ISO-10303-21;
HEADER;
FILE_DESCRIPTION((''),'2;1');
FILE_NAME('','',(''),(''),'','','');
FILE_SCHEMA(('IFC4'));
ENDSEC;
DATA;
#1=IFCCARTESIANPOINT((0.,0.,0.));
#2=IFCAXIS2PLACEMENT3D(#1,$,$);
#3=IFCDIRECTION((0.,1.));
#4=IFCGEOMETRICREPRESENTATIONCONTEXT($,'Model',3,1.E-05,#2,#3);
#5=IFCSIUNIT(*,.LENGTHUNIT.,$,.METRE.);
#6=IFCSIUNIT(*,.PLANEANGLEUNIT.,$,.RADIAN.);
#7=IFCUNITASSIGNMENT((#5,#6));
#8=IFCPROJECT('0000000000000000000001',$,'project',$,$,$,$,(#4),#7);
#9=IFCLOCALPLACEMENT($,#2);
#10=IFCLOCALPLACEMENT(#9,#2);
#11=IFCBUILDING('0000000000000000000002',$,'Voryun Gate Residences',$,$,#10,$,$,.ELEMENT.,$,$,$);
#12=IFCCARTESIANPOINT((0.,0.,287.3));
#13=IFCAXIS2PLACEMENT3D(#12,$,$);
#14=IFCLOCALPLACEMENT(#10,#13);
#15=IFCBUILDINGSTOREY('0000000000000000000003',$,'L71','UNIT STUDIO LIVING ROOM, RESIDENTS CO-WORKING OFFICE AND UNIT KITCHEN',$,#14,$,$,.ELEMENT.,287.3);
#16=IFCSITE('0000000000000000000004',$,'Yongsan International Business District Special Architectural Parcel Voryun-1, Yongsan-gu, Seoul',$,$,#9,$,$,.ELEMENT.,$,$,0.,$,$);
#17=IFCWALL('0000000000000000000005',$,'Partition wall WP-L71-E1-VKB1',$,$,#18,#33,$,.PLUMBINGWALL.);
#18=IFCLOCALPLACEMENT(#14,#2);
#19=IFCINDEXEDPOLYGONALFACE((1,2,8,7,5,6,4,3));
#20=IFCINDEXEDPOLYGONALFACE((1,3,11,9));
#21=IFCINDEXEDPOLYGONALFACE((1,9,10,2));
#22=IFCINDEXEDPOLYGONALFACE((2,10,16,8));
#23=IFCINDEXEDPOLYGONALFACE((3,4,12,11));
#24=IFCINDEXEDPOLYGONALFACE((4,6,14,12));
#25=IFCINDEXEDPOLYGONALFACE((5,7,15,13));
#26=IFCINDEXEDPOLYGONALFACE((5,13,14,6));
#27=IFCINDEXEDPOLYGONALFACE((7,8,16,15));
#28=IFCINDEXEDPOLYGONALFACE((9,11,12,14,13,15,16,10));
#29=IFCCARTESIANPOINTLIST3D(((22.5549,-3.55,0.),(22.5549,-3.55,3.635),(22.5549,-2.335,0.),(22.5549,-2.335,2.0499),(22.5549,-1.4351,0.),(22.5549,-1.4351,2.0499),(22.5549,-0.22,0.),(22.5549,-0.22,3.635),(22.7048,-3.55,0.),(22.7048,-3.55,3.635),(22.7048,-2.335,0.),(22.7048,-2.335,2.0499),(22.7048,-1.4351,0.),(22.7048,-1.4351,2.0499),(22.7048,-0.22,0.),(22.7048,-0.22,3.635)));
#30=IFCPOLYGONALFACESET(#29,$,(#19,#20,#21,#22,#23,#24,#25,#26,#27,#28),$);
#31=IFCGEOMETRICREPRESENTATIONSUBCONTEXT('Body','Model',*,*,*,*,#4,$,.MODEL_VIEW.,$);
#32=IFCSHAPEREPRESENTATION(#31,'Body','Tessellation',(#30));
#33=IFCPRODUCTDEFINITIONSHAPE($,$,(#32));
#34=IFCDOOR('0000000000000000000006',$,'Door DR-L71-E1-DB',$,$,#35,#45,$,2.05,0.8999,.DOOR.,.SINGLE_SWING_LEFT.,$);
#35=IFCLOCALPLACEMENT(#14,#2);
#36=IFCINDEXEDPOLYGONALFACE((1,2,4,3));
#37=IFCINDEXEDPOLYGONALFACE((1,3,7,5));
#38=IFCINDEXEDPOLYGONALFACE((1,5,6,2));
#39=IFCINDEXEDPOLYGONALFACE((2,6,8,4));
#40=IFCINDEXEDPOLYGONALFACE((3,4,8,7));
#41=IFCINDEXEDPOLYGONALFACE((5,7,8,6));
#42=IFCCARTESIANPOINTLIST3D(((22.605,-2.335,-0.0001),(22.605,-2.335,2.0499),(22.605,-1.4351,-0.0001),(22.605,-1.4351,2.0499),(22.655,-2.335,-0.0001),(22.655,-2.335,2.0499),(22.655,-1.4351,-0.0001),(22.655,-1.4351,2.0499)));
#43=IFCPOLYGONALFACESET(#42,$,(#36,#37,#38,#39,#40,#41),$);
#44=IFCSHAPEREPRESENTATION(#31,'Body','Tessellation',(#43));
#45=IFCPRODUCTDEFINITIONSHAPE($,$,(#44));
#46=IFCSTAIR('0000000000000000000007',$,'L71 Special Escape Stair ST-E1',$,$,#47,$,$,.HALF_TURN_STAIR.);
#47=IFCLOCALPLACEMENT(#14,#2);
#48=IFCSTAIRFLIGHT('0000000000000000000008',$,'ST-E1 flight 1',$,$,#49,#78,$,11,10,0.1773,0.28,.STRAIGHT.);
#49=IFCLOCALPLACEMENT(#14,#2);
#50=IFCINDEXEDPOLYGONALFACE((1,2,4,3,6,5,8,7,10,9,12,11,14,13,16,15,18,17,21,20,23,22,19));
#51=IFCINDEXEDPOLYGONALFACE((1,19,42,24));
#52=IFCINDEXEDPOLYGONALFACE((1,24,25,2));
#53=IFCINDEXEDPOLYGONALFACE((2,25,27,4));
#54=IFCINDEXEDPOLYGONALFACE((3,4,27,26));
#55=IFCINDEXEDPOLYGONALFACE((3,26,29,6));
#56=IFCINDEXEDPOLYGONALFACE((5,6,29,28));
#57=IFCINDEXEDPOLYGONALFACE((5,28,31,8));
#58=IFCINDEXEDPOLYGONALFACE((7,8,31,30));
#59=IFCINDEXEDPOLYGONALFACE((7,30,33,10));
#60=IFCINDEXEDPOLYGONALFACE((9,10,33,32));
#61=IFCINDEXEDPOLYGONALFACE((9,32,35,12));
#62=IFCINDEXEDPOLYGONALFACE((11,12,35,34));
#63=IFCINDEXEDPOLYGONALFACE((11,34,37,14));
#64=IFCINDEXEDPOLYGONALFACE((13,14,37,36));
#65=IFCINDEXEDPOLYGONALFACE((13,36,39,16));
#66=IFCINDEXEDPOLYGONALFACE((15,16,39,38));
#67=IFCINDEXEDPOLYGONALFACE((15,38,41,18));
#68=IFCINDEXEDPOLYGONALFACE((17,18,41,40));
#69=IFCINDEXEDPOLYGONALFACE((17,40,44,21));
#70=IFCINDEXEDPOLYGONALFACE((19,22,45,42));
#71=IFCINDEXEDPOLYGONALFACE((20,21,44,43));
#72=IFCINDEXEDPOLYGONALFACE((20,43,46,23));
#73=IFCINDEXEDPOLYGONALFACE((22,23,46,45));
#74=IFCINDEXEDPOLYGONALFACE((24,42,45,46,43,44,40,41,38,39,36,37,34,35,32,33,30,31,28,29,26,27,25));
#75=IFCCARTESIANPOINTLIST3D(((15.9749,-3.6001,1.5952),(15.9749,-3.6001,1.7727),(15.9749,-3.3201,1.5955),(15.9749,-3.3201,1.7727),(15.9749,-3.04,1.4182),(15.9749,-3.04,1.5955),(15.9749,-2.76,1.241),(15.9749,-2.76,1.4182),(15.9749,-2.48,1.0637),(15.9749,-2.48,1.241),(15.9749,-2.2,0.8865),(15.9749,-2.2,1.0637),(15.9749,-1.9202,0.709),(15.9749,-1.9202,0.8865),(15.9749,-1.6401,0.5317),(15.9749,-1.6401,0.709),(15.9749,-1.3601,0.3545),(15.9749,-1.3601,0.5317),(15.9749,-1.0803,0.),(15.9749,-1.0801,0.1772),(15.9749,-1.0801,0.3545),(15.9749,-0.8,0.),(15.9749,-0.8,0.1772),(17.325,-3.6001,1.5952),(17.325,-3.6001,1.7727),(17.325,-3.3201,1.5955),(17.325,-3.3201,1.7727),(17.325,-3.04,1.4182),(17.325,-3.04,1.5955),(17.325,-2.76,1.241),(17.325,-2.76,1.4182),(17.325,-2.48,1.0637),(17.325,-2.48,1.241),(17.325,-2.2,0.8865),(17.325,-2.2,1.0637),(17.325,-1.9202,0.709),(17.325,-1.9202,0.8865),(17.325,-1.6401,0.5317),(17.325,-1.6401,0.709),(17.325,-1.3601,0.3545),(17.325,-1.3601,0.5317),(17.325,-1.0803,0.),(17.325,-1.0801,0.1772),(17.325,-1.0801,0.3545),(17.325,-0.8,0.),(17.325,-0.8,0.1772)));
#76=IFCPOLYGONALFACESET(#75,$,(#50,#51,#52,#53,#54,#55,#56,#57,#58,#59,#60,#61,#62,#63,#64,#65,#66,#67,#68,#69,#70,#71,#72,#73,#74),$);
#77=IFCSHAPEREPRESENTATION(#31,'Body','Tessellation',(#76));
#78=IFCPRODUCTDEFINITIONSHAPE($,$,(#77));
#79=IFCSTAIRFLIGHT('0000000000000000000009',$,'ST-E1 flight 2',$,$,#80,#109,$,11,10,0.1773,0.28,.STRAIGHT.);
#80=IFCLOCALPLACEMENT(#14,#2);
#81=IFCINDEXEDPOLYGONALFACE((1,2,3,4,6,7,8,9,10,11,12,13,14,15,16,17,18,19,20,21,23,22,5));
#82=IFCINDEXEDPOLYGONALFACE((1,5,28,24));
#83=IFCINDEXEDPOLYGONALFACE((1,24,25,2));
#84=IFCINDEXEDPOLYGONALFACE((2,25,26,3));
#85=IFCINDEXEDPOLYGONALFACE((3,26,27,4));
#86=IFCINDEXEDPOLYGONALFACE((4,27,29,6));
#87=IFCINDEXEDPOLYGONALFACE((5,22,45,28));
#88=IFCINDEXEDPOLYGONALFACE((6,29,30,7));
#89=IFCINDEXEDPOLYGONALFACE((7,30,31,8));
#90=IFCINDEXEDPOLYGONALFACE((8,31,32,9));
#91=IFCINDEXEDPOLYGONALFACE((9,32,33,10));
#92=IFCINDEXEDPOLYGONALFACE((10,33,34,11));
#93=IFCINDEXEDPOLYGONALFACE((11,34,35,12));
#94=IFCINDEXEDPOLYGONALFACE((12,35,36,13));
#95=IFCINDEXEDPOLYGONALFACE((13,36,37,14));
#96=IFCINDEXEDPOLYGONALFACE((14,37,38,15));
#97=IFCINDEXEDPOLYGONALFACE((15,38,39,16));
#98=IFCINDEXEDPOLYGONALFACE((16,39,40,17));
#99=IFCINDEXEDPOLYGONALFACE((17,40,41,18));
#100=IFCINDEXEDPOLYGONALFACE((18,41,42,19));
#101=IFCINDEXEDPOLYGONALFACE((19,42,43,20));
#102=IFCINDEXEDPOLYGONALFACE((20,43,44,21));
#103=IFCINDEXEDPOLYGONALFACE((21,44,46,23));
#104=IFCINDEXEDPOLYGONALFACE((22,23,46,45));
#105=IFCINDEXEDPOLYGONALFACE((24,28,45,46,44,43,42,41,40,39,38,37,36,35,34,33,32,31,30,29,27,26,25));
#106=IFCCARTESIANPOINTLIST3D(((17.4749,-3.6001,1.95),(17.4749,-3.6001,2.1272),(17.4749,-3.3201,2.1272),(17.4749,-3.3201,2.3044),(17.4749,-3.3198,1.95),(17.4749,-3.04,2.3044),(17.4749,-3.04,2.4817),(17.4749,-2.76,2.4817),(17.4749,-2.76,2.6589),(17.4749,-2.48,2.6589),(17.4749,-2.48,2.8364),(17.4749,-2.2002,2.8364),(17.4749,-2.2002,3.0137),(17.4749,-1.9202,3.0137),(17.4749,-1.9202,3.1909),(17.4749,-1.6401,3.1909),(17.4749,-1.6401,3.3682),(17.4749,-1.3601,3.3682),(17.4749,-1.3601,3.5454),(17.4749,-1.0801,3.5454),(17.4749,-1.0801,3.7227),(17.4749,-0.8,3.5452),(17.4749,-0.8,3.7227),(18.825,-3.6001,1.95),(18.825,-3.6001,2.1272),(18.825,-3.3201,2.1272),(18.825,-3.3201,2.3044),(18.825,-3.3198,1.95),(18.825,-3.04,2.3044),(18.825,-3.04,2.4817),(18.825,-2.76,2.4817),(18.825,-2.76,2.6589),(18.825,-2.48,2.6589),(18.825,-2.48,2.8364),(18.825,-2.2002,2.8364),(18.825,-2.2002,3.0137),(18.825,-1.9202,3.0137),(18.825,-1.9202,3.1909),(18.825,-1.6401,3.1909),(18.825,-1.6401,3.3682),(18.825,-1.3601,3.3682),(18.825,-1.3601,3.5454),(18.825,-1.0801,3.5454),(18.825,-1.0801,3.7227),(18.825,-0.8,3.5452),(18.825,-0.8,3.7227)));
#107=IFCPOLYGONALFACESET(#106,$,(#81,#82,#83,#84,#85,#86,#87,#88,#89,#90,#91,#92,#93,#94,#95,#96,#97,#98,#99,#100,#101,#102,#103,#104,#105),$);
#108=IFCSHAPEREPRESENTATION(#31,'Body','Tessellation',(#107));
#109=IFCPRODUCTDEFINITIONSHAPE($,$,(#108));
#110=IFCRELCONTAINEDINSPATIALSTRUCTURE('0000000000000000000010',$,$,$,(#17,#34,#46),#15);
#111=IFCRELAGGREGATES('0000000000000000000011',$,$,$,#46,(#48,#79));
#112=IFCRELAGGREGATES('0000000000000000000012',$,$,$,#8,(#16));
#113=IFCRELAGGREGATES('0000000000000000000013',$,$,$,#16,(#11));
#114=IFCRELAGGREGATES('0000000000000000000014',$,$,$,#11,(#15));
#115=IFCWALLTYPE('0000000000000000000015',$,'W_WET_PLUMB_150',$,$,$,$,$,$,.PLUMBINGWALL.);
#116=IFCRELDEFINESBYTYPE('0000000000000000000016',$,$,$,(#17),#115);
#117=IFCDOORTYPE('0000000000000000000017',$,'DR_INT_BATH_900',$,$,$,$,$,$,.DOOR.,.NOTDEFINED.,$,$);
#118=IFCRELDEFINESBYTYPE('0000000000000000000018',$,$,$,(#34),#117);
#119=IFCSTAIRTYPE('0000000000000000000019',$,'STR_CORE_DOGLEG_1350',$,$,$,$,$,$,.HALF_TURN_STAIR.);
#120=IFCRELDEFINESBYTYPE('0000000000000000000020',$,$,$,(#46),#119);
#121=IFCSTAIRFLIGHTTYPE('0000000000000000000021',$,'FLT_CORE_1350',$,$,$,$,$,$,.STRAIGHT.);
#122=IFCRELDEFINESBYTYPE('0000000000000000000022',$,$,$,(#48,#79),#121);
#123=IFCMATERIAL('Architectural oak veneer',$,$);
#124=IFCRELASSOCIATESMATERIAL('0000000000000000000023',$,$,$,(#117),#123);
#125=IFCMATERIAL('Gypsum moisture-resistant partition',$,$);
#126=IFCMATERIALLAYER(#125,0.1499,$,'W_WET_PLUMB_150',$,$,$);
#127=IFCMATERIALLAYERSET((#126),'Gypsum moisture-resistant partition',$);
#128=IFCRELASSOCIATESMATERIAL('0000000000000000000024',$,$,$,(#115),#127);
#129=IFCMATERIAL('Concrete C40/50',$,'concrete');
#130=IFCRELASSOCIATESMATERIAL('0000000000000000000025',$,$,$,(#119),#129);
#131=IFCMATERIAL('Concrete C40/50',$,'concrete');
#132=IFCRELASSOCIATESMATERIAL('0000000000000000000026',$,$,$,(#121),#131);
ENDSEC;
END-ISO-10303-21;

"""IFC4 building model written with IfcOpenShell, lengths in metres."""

from ifc_helpers import new_model, si_unit, direction, frame, frame_2d, origin, place, context, subcontext, project, spatial, polyline, rectangle, outline, extrude, material, layer, layer_set, type_object, element, fill, aggregate, save


model = new_model("IFC4")

# Units and contexts
model_context = context("Model", 3, precision=1e-05, world=origin(), true_north=direction((0.0, 1.0)))
body_context = subcontext(model_context, "Body", "Model", "MODEL_VIEW")
ifc_project = project(units=[si_unit("LENGTHUNIT", "METRE"), si_unit("PLANEANGLEUNIT", "RADIAN")], contexts=[model_context])

# Site, building, storey
site_placement = place(None, origin())
site = spatial("IfcSite", under=ifc_project, at=site_placement, Name="Yongsan International Business District Special Architectural Parcel Voryun-1, Yongsan-gu, Seoul", CompositionType="ELEMENT", RefElevation=0.0)
building_placement = place(site_placement, origin())
building = spatial("IfcBuilding", under=site, at=building_placement, Name="Voryun Gate Residences", CompositionType="ELEMENT")
storey_placement = place(building_placement, frame((0.0, 0.0, 287.3)))
storey = spatial("IfcBuildingStorey", under=building, at=storey_placement, Name="L71", Description="UNIT STUDIO LIVING ROOM, RESIDENTS CO-WORKING OFFICE AND UNIT KITCHEN", CompositionType="ELEMENT", Elevation=287.3)

# Wall, opening, door
ifc_material_1 = material(Name="Architectural oak veneer")
door_type = type_object("IfcDoorType", Name="DR_INT_BATH_900", OperationType="NOTDEFINED", PredefinedType="DOOR", material=ifc_material_1)
ifc_material_2 = material(Name="Gypsum moisture-resistant partition")
ifc_layer_1 = layer(ifc_material_2, 0.1499, Name="W_WET_PLUMB_150")
ifc_layer_set_1 = layer_set([ifc_layer_1], Name="Gypsum moisture-resistant partition")
wall_type_1 = type_object("IfcWallType", Name="W_WET_PLUMB_150", PredefinedType="PLUMBINGWALL", material=ifc_layer_set_1)
wall_1_placement = place(storey_placement, frame((22.6299, -3.55, 0.0), z_axis=(0.0, 0.0, 1.0), x_axis=(0.0, 1.0, 0.0)))
wall_1 = element("IfcWall", 1, at=wall_1_placement, inside=storey, type_object=wall_type_1, Name="Partition wall WP-L71-E1-VKB1", PredefinedType="PLUMBINGWALL", context=body_context, shape_type="SweptSolid", body=[
    extrude(rectangle(XDim=3.3301, YDim=0.1499, at=frame_2d((1.665, 0.0))), origin(), (0.0, 0.0, 1.0), 3.635),
])
opening_1_placement = place(wall_1_placement, frame((1.2151, 0.0, 0.0)))
opening_1 = element("IfcOpeningElement", 2, at=opening_1_placement, cuts=wall_1, PredefinedType="OPENING", context=body_context, shape_type="SweptSolid", body=[
    extrude(rectangle(XDim=0.8999, YDim=2.05, at=frame_2d((0.45, 1.0249))), frame((0.0, 0.085, 0.0), z_axis=(0.0, -1.0, 0.0), x_axis=(1.0, 0.0, 0.0)), (0.0, 0.0, 1.0), 0.1699),
])
door_1_placement = place(opening_1_placement, origin())
door_1 = element("IfcDoor", 3, at=door_1_placement, inside=storey, type_object=door_type, Name="Door DR-L71-E1-DB", OperationType="SINGLE_SWING_LEFT", OverallHeight=2.05, OverallWidth=0.8999, PredefinedType="DOOR", context=body_context, shape_type="SweptSolid", body=[
    extrude(rectangle(XDim=0.8999, YDim=2.05, at=frame_2d((0.45, 1.0249))), frame((0.0, 0.0249, 0.0), z_axis=(0.0, -1.0, 0.0), x_axis=(1.0, 0.0, 0.0)), (0.0, 0.0, 1.0), 0.05),
])
fill(opening_1, door_1)

# Stair, stair flights
ifc_material_3 = material(Name="Concrete C40/50", Category="concrete")
stair_type = type_object("IfcStairType", Name="STR_CORE_DOGLEG_1350", PredefinedType="HALF_TURN_STAIR", material=ifc_material_3)
stair_placement = place(storey_placement, origin())
stair = element("IfcStair", 4, at=stair_placement, inside=storey, type_object=stair_type, Name="L71 Special Escape Stair ST-E1", PredefinedType="HALF_TURN_STAIR")
ifc_material_4 = material(Name="Concrete C40/50", Category="concrete")
stair_flight_type = type_object("IfcStairFlightType", Name="FLT_CORE_1350", PredefinedType="STRAIGHT", material=ifc_material_4)
stair_flight_1_placement = place(storey_placement, frame((16.6499, -0.8, 0.0), z_axis=(0.0, 0.0, 1.0), x_axis=(0.0, -1.0, 0.0)))
stair_flight_1 = element("IfcStairFlight", 5, at=stair_flight_1_placement, type_object=stair_flight_type, Name="ST-E1 flight 1", NumberOfRisers=11, NumberOfTreads=10, PredefinedType="STRAIGHT", RiserHeight=0.1773, TreadLength=0.28, context=body_context, shape_type="SweptSolid", body=[
    extrude(outline(polyline([(0.0, 0.0), (0.0, 0.1772), (0.28, 0.1772), (0.28, 0.3545), (0.5601, 0.3545), (0.5601, 0.5317), (0.8401, 0.5317), (0.8401, 0.709), (1.1201, 0.709), (1.1201, 0.8865), (1.3999, 0.8865), (1.3999, 1.0637), (1.6799, 1.0637), (1.6799, 1.241), (1.96, 1.241), (1.96, 1.4182), (2.24, 1.4182), (2.24, 1.5955), (2.52, 1.5955), (2.52, 1.7727), (2.8, 1.7727), (2.8, 1.95), (2.8, 1.5952), (0.2803, 0.0), (0.0, 0.0)])), frame((0.0, 0.675, 0.0), z_axis=(0.0, -1.0, 0.0), x_axis=(1.0, 0.0, 0.0)), (0.0, 0.0, 1.0), 1.3501),
])
stair_flight_2_placement = place(storey_placement, frame((18.1499, -3.6001, 1.95), z_axis=(0.0, 0.0, 1.0), x_axis=(0.0, 1.0, 0.0)))
stair_flight_2 = element("IfcStairFlight", 6, at=stair_flight_2_placement, type_object=stair_flight_type, Name="ST-E1 flight 2", NumberOfRisers=11, NumberOfTreads=10, PredefinedType="STRAIGHT", RiserHeight=0.1773, TreadLength=0.28, context=body_context, shape_type="SweptSolid", body=[
    extrude(outline(polyline([(0.0, 0.0), (0.0, 0.1772), (0.28, 0.1772), (0.28, 0.3545), (0.5601, 0.3545), (0.5601, 0.5317), (0.8401, 0.5317), (0.8401, 0.709), (1.1201, 0.709), (1.1201, 0.8865), (1.3999, 0.8865), (1.3999, 1.0637), (1.6799, 1.0637), (1.6799, 1.241), (1.96, 1.241), (1.96, 1.4182), (2.24, 1.4182), (2.24, 1.5955), (2.52, 1.5955), (2.52, 1.7727), (2.8, 1.7727), (2.8, 1.95), (2.8, 1.5952), (0.2803, 0.0), (0.0, 0.0)])), frame((0.0, 0.675, 0.0), z_axis=(0.0, -1.0, 0.0), x_axis=(1.0, 0.0, 0.0)), (0.0, 0.0, 1.0), 1.3501),
])
aggregate(stair, [stair_flight_1, stair_flight_2])

save(model, "model.ifc")
